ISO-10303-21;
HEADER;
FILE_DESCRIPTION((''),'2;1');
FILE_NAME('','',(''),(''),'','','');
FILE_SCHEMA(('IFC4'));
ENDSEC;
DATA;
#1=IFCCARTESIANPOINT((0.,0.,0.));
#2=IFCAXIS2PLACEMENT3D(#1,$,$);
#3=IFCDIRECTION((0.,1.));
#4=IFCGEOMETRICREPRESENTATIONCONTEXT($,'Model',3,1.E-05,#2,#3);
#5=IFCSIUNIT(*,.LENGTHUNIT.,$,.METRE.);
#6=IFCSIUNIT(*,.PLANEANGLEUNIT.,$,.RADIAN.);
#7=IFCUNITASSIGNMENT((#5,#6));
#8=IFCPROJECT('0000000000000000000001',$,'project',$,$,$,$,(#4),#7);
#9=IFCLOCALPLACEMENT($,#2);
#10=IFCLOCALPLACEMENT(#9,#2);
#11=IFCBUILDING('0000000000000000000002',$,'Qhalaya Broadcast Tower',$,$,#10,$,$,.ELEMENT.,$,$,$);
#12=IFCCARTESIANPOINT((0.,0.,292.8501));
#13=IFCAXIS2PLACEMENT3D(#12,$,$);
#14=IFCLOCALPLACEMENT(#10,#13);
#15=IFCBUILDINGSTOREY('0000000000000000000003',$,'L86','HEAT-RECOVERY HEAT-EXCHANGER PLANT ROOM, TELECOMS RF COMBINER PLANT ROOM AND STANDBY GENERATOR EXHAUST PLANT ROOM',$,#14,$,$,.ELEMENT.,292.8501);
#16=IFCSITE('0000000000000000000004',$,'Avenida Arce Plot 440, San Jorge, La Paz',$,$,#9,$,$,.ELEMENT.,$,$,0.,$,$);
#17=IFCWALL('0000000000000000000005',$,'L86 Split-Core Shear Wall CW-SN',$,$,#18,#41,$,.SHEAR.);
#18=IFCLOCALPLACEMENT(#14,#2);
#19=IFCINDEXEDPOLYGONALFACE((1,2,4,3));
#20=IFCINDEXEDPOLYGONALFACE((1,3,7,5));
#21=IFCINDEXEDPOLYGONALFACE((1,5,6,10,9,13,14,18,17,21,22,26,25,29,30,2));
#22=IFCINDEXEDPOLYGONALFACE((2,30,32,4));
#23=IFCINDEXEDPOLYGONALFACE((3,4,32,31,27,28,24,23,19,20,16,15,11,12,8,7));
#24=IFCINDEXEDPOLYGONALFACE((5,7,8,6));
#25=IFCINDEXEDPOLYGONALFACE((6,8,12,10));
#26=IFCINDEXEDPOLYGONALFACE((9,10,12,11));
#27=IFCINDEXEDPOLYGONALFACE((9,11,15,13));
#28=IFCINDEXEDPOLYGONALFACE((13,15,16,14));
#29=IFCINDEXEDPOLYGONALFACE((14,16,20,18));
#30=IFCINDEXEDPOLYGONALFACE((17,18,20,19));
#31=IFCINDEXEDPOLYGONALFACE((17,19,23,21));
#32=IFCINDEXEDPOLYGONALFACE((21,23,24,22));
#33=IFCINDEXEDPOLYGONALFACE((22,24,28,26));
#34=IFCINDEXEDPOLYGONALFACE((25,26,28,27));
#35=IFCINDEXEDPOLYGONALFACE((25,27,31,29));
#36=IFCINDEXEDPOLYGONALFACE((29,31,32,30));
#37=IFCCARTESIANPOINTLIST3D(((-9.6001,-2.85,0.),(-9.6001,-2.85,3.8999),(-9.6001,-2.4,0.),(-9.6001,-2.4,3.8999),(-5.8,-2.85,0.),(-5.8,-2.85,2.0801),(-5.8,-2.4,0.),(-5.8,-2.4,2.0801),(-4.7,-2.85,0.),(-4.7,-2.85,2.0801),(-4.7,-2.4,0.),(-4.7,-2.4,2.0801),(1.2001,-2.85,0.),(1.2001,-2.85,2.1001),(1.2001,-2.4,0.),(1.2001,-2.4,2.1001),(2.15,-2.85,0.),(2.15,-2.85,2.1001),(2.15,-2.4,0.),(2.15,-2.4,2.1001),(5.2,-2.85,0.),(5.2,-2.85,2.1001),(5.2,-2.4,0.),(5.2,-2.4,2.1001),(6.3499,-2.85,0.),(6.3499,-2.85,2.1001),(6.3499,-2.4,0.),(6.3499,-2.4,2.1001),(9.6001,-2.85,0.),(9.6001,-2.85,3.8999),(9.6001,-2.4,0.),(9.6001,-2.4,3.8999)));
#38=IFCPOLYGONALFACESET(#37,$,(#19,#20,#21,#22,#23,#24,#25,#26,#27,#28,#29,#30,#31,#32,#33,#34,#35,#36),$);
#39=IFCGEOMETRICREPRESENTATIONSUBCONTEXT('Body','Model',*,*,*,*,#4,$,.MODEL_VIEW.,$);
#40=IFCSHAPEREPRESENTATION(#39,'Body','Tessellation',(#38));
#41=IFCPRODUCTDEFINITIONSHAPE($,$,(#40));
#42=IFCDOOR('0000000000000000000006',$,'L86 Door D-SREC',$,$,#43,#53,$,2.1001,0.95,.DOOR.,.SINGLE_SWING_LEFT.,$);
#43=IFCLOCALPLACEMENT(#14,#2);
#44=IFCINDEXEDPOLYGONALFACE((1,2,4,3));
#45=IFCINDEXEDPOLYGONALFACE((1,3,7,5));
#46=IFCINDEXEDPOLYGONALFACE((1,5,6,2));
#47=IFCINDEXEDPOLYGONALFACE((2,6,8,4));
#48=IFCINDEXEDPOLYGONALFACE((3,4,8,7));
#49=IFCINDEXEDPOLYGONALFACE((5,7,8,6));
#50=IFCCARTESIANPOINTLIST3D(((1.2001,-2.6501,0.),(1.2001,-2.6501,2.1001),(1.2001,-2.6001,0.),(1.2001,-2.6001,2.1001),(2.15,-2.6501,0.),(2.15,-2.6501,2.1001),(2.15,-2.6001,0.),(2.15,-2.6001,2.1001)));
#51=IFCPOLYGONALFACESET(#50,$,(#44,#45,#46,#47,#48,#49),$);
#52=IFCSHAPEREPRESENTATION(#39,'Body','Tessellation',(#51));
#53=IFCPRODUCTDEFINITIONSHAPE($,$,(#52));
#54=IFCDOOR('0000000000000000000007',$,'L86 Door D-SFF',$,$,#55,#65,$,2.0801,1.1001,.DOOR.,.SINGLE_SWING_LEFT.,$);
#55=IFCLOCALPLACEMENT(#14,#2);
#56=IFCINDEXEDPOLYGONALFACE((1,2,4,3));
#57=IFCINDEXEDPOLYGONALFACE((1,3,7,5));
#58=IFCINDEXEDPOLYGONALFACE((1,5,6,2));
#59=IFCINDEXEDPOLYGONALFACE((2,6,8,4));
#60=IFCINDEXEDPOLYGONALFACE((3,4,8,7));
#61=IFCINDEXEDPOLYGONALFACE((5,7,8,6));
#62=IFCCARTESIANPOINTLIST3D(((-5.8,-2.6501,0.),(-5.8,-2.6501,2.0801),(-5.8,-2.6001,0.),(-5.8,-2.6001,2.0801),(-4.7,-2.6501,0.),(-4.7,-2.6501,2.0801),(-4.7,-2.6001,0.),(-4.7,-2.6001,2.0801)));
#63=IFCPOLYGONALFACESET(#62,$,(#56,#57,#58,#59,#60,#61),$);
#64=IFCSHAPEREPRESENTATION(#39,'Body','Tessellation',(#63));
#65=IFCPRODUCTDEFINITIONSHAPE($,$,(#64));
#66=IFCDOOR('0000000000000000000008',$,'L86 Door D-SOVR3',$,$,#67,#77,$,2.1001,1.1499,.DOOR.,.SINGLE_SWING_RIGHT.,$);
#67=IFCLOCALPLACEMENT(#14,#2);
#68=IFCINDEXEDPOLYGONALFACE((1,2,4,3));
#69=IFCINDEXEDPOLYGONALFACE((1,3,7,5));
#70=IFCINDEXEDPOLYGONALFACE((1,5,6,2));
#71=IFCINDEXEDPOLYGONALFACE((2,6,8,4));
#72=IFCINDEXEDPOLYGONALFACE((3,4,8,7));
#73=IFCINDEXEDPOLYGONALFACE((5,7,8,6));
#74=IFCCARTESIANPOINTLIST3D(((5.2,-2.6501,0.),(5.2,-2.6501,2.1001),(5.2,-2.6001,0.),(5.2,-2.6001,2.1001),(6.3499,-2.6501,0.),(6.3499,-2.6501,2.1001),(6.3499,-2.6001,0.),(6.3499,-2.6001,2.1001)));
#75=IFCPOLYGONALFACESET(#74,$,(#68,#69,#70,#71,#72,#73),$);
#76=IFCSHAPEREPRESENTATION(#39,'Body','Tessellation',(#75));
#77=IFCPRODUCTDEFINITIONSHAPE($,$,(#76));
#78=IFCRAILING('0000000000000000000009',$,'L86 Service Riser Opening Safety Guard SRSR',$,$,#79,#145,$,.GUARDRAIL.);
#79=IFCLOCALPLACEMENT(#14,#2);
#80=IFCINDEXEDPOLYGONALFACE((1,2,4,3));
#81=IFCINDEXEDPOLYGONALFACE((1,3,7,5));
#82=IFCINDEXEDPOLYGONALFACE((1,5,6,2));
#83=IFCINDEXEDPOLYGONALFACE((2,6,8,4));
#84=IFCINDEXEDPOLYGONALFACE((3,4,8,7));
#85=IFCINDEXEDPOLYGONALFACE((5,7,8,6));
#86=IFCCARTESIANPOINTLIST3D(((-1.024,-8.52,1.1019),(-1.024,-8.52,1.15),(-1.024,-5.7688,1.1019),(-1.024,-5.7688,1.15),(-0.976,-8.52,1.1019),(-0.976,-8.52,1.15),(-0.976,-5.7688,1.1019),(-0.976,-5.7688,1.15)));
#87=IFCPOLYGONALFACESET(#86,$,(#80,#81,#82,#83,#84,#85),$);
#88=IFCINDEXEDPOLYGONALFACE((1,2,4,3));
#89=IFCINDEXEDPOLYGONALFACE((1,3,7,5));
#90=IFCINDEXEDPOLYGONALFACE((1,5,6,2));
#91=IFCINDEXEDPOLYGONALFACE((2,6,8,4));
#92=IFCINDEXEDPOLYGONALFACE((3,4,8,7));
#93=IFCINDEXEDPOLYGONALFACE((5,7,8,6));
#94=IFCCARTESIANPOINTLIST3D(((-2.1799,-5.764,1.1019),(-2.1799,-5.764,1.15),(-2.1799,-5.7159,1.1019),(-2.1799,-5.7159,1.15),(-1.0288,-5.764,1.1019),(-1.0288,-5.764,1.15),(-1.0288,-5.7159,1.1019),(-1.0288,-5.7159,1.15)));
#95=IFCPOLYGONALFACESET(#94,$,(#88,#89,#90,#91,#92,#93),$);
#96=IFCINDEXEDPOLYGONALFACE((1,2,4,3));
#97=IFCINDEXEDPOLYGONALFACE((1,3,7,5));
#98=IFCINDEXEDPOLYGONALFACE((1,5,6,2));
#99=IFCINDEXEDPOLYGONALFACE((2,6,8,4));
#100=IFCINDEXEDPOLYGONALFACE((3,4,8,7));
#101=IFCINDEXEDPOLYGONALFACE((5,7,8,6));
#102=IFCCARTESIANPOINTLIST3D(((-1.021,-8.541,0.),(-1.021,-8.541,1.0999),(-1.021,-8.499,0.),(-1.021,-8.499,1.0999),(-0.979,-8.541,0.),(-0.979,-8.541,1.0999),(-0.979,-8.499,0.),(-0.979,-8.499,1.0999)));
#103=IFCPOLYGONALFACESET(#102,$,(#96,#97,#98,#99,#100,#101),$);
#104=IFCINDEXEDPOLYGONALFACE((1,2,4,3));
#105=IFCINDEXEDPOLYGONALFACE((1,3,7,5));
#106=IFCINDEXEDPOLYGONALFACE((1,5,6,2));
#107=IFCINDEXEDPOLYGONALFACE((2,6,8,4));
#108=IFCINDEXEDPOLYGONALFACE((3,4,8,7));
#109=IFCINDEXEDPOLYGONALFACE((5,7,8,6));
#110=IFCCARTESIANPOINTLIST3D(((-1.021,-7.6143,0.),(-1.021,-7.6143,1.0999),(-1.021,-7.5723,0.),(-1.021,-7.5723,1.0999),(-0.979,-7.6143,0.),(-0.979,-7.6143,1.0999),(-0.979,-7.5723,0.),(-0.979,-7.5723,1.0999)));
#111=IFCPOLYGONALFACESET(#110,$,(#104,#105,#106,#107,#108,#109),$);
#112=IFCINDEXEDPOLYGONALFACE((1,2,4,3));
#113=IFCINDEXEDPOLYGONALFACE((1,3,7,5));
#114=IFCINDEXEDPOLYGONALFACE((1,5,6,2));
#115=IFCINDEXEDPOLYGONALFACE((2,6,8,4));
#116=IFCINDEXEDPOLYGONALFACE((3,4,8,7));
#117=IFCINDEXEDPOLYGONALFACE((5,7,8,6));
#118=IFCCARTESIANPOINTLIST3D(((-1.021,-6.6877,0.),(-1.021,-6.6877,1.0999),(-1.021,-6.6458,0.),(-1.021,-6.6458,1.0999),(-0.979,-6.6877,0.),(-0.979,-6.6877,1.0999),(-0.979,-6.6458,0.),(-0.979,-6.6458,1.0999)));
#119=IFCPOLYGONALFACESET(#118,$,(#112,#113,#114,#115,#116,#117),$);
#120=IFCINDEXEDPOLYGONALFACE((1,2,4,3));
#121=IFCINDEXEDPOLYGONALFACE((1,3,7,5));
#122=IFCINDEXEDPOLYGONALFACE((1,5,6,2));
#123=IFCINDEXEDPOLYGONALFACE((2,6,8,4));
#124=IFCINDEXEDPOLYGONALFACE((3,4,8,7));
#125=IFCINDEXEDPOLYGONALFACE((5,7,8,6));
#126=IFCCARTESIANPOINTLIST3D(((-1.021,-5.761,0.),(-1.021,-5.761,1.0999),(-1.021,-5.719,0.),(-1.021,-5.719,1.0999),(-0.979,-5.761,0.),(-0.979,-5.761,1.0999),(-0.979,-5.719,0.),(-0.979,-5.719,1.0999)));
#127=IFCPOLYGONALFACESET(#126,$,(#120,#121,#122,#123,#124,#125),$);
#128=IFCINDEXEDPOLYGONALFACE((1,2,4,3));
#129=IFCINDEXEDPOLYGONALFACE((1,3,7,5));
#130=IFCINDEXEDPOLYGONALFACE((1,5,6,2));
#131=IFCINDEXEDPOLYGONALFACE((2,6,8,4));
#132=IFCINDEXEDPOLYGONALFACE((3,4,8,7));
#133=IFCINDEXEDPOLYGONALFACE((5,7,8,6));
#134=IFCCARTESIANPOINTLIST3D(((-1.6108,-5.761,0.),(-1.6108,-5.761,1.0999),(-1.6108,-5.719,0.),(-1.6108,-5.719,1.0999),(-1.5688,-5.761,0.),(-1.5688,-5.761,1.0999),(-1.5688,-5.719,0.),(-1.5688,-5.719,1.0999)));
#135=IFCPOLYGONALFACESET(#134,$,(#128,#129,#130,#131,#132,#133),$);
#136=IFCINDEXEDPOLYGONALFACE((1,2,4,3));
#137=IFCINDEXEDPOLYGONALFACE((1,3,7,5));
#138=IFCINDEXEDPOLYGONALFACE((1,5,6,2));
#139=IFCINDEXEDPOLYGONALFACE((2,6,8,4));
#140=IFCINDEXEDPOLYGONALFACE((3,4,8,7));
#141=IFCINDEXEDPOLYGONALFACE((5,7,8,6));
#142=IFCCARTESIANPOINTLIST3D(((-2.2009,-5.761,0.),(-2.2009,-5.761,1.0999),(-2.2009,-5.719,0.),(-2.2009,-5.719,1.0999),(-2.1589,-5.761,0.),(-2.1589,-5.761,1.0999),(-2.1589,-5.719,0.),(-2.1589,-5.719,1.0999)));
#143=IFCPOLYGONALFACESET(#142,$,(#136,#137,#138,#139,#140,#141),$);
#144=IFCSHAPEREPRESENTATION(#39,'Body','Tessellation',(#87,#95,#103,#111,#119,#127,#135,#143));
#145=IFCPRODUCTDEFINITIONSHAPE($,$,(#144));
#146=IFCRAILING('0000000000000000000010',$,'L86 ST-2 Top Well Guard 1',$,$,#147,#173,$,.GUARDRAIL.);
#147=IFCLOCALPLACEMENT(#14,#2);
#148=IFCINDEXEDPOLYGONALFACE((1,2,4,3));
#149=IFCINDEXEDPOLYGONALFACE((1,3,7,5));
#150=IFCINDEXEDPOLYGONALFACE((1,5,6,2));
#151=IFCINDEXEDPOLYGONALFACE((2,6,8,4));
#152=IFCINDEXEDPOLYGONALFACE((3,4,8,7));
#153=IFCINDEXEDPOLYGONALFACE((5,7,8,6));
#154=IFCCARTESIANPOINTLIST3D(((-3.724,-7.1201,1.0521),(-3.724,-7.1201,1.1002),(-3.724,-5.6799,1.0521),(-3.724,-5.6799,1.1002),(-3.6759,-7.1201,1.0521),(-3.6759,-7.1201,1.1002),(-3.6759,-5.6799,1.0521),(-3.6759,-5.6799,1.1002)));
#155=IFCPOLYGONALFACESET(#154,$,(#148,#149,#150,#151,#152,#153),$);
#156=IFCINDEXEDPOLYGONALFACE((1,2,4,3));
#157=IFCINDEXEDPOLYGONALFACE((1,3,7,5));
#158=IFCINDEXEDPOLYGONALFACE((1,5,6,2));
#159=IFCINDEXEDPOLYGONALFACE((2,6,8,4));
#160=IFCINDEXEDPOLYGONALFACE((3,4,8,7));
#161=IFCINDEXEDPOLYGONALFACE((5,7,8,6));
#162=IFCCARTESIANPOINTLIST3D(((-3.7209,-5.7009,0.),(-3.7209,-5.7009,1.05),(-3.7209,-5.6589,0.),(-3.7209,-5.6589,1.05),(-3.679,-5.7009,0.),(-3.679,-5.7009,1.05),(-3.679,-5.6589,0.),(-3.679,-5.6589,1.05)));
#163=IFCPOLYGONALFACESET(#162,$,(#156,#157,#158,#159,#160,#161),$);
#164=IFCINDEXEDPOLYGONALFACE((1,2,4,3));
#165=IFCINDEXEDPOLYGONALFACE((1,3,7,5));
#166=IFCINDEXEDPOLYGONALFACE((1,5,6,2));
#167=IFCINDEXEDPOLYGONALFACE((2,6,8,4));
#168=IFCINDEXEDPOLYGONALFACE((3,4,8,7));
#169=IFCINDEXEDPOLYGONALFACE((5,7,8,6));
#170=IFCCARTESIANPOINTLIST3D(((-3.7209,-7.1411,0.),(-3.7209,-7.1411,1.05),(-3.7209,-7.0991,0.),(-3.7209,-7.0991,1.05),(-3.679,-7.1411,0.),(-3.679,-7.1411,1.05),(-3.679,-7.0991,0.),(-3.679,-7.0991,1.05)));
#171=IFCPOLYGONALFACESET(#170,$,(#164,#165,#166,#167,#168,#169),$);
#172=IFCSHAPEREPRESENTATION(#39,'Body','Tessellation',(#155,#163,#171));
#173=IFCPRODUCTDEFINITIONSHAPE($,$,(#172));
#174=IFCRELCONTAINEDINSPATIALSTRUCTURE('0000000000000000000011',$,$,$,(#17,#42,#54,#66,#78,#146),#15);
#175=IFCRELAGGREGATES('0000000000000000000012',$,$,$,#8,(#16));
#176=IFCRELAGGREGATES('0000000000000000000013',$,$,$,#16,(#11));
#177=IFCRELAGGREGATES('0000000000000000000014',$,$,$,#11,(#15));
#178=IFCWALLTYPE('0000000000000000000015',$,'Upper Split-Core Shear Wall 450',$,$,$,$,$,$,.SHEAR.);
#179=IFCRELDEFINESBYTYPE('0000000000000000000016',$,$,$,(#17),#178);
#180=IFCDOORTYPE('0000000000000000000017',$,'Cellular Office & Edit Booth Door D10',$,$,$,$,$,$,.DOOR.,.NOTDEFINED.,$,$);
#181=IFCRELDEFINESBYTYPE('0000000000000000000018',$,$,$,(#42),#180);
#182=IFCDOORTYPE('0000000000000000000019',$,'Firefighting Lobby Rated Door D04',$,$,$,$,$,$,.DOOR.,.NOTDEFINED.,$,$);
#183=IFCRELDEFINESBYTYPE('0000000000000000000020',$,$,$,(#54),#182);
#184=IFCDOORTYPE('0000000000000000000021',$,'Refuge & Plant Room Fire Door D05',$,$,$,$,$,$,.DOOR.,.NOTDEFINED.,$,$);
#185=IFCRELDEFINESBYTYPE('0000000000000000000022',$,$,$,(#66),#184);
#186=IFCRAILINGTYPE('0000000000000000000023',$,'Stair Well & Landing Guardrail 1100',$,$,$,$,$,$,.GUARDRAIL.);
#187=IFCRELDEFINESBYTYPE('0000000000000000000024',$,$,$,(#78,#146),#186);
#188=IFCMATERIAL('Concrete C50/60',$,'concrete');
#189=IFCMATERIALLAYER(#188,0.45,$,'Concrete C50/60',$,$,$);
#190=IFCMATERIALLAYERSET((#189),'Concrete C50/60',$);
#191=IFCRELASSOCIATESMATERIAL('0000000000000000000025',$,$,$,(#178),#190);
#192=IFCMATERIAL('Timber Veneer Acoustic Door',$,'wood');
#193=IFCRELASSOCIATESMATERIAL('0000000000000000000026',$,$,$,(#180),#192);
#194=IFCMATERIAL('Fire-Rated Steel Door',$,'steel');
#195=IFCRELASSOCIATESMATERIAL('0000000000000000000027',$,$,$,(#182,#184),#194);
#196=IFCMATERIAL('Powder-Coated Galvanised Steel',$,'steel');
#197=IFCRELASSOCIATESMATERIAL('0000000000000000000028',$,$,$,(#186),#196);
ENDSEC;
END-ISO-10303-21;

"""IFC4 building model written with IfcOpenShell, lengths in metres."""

from ifc_helpers import new_model, si_unit, direction, frame, frame_2d, origin, origin_2d, place, context, subcontext, project, spatial, rectangle, extrude, material, layer, layer_set, type_object, element, fill, save


model = new_model("IFC4")

# Units and contexts
model_context = context("Model", 3, precision=1e-05, world=origin(), true_north=direction((0.0, 1.0)))
body_context = subcontext(model_context, "Body", "Model", "MODEL_VIEW")
ifc_project = project(units=[si_unit("LENGTHUNIT", "METRE"), si_unit("PLANEANGLEUNIT", "RADIAN")], contexts=[model_context])

# Site, building, storey
site_placement = place(None, origin())
site = spatial("IfcSite", under=ifc_project, at=site_placement, Name="Avenida Arce Plot 440, San Jorge, La Paz", CompositionType="ELEMENT", RefElevation=0.0)
building_placement = place(site_placement, origin())
building = spatial("IfcBuilding", under=site, at=building_placement, Name="Qhalaya Broadcast Tower", CompositionType="ELEMENT")
storey_placement = place(building_placement, frame((0.0, 0.0, 292.8501)))
storey = spatial("IfcBuildingStorey", under=building, at=storey_placement, Name="L86", Description="HEAT-RECOVERY HEAT-EXCHANGER PLANT ROOM, TELECOMS RF COMBINER PLANT ROOM AND STANDBY GENERATOR EXHAUST PLANT ROOM", CompositionType="ELEMENT", Elevation=292.8501)

# Shared definitions
ifc_material_1 = material(Name="Concrete C50/60", Category="concrete")

# Shared definitions
ifc_material_2 = material(Name="Fire-Rated Steel Door", Category="steel")

# Shared definitions
ifc_layer_1 = layer(ifc_material_1, 0.45, Name="Concrete C50/60")
ifc_layer_set_1 = layer_set([ifc_layer_1], Name="Concrete C50/60")
wall_type_1 = type_object("IfcWallType", Name="Upper Split-Core Shear Wall 450", PredefinedType="SHEAR", material=ifc_layer_set_1)

# Wall, openings, doors
wall_1_placement = place(storey_placement, frame((-9.6001, -2.625, 0.0), z_axis=(0.0, 0.0, 1.0), x_axis=(1.0, 0.0, 0.0)))
wall_1 = element("IfcWall", 1, at=wall_1_placement, inside=storey, type_object=wall_type_1, Name="L86 Split-Core Shear Wall CW-SN", PredefinedType="SHEAR", context=body_context, shape_type="SweptSolid", body=[
    extrude(rectangle(XDim=19.2002, YDim=0.45, at=frame_2d((9.6001, 0.0))), origin(), (0.0, 0.0, 1.0), 3.8999),
])
opening_1_placement = place(wall_1_placement, frame((3.8, 0.0, 0.0)))
opening_1 = element("IfcOpeningElement", 2, at=opening_1_placement, cuts=wall_1, PredefinedType="OPENING", context=body_context, shape_type="SweptSolid", body=[
    extrude(rectangle(XDim=1.1001, YDim=2.0801, at=frame_2d((0.55, 1.04))), frame((0.0, 0.2371, 0.0), z_axis=(0.0, -1.0, 0.0), x_axis=(1.0, 0.0, 0.0)), (0.0, 0.0, 1.0), 0.4739),
])
opening_2_placement = place(wall_1_placement, frame((10.8, 0.0, 0.0)))
opening_2 = element("IfcOpeningElement", 3, at=opening_2_placement, cuts=wall_1, PredefinedType="OPENING", context=body_context, shape_type="SweptSolid", body=[
    extrude(rectangle(XDim=0.95, YDim=2.1001, at=frame_2d((0.4751, 1.05))), frame((0.0, 0.2371, 0.0), z_axis=(0.0, -1.0, 0.0), x_axis=(1.0, 0.0, 0.0)), (0.0, 0.0, 1.0), 0.4739),
])
opening_3_placement = place(wall_1_placement, frame((14.8, 0.0, 0.0)))
opening_3 = element("IfcOpeningElement", 4, at=opening_3_placement, cuts=wall_1, PredefinedType="OPENING", context=body_context, shape_type="SweptSolid", body=[
    extrude(rectangle(XDim=1.1499, YDim=2.1001, at=frame_2d((0.575, 1.05))), frame((0.0, 0.2371, 0.0), z_axis=(0.0, -1.0, 0.0), x_axis=(1.0, 0.0, 0.0)), (0.0, 0.0, 1.0), 0.4739),
])
ifc_material_3 = material(Name="Timber Veneer Acoustic Door", Category="wood")
door_type_1 = type_object("IfcDoorType", Name="Cellular Office & Edit Booth Door D10", OperationType="NOTDEFINED", PredefinedType="DOOR", material=ifc_material_3)
door_1_placement = place(opening_2_placement, origin())
door_1 = element("IfcDoor", 5, at=door_1_placement, inside=storey, type_object=door_type_1, Name="L86 Door D-SREC", OperationType="SINGLE_SWING_LEFT", OverallHeight=2.1001, OverallWidth=0.95, PredefinedType="DOOR", context=body_context, shape_type="SweptSolid", body=[
    extrude(rectangle(XDim=0.95, YDim=2.1001, at=frame_2d((0.4751, 1.05))), frame((0.0, 0.0249, 0.0), z_axis=(0.0, -1.0, 0.0), x_axis=(1.0, 0.0, 0.0)), (0.0, 0.0, 1.0), 0.05),
])
fill(opening_2, door_1)
door_type_2 = type_object("IfcDoorType", Name="Firefighting Lobby Rated Door D04", OperationType="NOTDEFINED", PredefinedType="DOOR", material=ifc_material_2)
door_2_placement = place(opening_1_placement, origin())
door_2 = element("IfcDoor", 6, at=door_2_placement, inside=storey, type_object=door_type_2, Name="L86 Door D-SFF", OperationType="SINGLE_SWING_LEFT", OverallHeight=2.0801, OverallWidth=1.1001, PredefinedType="DOOR", context=body_context, shape_type="SweptSolid", body=[
    extrude(rectangle(XDim=1.1001, YDim=2.0801, at=frame_2d((0.55, 1.04))), frame((0.0, 0.0249, 0.0), z_axis=(0.0, -1.0, 0.0), x_axis=(1.0, 0.0, 0.0)), (0.0, 0.0, 1.0), 0.05),
])
fill(opening_1, door_2)
door_type_3 = type_object("IfcDoorType", Name="Refuge & Plant Room Fire Door D05", OperationType="NOTDEFINED", PredefinedType="DOOR", material=ifc_material_2)
door_3_placement = place(opening_3_placement, origin())
door_3 = element("IfcDoor", 7, at=door_3_placement, inside=storey, type_object=door_type_3, Name="L86 Door D-SOVR3", OperationType="SINGLE_SWING_RIGHT", OverallHeight=2.1001, OverallWidth=1.1499, PredefinedType="DOOR", context=body_context, shape_type="SweptSolid", body=[
    extrude(rectangle(XDim=1.1499, YDim=2.1001, at=frame_2d((0.575, 1.05))), frame((0.0, 0.0249, 0.0), z_axis=(0.0, -1.0, 0.0), x_axis=(1.0, 0.0, 0.0)), (0.0, 0.0, 1.0), 0.05),
])
fill(opening_3, door_3)

# Railings
ifc_material_4 = material(Name="Powder-Coated Galvanised Steel", Category="steel")
railing_type = type_object("IfcRailingType", Name="Stair Well & Landing Guardrail 1100", PredefinedType="GUARDRAIL", material=ifc_material_4)
railing_1_placement = place(storey_placement, frame((-1.0, -8.52, 0.0)))
element("IfcRailing", 8, at=railing_1_placement, inside=storey, type_object=railing_type, Name="L86 Service Riser Opening Safety Guard SRSR", PredefinedType="GUARDRAIL", context=body_context, shape_type="SweptSolid", body=[
    extrude(rectangle(XDim=0.0481, YDim=0.0481, at=origin_2d()), frame((0.0, 0.0, 1.126), z_axis=(0.0, 1.0, 0.0), x_axis=(-1.0, 0.0, 0.0)), (0.0, 0.0, 1.0), 2.7512),
    extrude(rectangle(XDim=0.0481, YDim=0.0481, at=origin_2d()), frame((-0.0288, 2.78, 1.126), z_axis=(-1.0, 0.0, 0.0), x_axis=(0.0, -1.0, 0.0)), (0.0, 0.0, 1.0), 1.1511),
    extrude(rectangle(XDim=0.042, YDim=0.042, at=origin_2d()), origin(), (0.0, 0.0, 1.0), 1.0999),
    extrude(rectangle(XDim=0.042, YDim=0.042, at=origin_2d()), frame((0.0, 0.9268, 0.0)), (0.0, 0.0, 1.0), 1.0999),
    extrude(rectangle(XDim=0.042, YDim=0.042, at=origin_2d()), frame((0.0, 1.8533, 0.0)), (0.0, 0.0, 1.0), 1.0999),
    extrude(rectangle(XDim=0.042, YDim=0.042, at=origin_2d()), frame((0.0, 2.78, 0.0)), (0.0, 0.0, 1.0), 1.0999),
    extrude(rectangle(XDim=0.042, YDim=0.042, at=origin_2d()), frame((-0.5898, 2.78, 0.0)), (0.0, 0.0, 1.0), 1.0999),
    extrude(rectangle(XDim=0.042, YDim=0.042, at=origin_2d()), frame((-1.1799, 2.78, 0.0)), (0.0, 0.0, 1.0), 1.0999),
])
railing_2_placement = place(storey_placement, frame((-3.7, -5.6799, 0.0)))
element("IfcRailing", 9, at=railing_2_placement, inside=storey, type_object=railing_type, Name="L86 ST-2 Top Well Guard 1", PredefinedType="GUARDRAIL", context=body_context, shape_type="SweptSolid", body=[
    extrude(rectangle(XDim=0.0481, YDim=0.0481, at=origin_2d()), frame((0.0, 0.0, 1.0762), z_axis=(0.0, -1.0, 0.0), x_axis=(1.0, 0.0, 0.0)), (0.0, 0.0, 1.0), 1.4402),
    extrude(rectangle(XDim=0.042, YDim=0.042, at=origin_2d()), origin(), (0.0, 0.0, 1.0), 1.05),
    extrude(rectangle(XDim=0.042, YDim=0.042, at=origin_2d()), frame((0.0, -1.4402, 0.0)), (0.0, 0.0, 1.0), 1.05),
])

save(model, "model.ifc")
